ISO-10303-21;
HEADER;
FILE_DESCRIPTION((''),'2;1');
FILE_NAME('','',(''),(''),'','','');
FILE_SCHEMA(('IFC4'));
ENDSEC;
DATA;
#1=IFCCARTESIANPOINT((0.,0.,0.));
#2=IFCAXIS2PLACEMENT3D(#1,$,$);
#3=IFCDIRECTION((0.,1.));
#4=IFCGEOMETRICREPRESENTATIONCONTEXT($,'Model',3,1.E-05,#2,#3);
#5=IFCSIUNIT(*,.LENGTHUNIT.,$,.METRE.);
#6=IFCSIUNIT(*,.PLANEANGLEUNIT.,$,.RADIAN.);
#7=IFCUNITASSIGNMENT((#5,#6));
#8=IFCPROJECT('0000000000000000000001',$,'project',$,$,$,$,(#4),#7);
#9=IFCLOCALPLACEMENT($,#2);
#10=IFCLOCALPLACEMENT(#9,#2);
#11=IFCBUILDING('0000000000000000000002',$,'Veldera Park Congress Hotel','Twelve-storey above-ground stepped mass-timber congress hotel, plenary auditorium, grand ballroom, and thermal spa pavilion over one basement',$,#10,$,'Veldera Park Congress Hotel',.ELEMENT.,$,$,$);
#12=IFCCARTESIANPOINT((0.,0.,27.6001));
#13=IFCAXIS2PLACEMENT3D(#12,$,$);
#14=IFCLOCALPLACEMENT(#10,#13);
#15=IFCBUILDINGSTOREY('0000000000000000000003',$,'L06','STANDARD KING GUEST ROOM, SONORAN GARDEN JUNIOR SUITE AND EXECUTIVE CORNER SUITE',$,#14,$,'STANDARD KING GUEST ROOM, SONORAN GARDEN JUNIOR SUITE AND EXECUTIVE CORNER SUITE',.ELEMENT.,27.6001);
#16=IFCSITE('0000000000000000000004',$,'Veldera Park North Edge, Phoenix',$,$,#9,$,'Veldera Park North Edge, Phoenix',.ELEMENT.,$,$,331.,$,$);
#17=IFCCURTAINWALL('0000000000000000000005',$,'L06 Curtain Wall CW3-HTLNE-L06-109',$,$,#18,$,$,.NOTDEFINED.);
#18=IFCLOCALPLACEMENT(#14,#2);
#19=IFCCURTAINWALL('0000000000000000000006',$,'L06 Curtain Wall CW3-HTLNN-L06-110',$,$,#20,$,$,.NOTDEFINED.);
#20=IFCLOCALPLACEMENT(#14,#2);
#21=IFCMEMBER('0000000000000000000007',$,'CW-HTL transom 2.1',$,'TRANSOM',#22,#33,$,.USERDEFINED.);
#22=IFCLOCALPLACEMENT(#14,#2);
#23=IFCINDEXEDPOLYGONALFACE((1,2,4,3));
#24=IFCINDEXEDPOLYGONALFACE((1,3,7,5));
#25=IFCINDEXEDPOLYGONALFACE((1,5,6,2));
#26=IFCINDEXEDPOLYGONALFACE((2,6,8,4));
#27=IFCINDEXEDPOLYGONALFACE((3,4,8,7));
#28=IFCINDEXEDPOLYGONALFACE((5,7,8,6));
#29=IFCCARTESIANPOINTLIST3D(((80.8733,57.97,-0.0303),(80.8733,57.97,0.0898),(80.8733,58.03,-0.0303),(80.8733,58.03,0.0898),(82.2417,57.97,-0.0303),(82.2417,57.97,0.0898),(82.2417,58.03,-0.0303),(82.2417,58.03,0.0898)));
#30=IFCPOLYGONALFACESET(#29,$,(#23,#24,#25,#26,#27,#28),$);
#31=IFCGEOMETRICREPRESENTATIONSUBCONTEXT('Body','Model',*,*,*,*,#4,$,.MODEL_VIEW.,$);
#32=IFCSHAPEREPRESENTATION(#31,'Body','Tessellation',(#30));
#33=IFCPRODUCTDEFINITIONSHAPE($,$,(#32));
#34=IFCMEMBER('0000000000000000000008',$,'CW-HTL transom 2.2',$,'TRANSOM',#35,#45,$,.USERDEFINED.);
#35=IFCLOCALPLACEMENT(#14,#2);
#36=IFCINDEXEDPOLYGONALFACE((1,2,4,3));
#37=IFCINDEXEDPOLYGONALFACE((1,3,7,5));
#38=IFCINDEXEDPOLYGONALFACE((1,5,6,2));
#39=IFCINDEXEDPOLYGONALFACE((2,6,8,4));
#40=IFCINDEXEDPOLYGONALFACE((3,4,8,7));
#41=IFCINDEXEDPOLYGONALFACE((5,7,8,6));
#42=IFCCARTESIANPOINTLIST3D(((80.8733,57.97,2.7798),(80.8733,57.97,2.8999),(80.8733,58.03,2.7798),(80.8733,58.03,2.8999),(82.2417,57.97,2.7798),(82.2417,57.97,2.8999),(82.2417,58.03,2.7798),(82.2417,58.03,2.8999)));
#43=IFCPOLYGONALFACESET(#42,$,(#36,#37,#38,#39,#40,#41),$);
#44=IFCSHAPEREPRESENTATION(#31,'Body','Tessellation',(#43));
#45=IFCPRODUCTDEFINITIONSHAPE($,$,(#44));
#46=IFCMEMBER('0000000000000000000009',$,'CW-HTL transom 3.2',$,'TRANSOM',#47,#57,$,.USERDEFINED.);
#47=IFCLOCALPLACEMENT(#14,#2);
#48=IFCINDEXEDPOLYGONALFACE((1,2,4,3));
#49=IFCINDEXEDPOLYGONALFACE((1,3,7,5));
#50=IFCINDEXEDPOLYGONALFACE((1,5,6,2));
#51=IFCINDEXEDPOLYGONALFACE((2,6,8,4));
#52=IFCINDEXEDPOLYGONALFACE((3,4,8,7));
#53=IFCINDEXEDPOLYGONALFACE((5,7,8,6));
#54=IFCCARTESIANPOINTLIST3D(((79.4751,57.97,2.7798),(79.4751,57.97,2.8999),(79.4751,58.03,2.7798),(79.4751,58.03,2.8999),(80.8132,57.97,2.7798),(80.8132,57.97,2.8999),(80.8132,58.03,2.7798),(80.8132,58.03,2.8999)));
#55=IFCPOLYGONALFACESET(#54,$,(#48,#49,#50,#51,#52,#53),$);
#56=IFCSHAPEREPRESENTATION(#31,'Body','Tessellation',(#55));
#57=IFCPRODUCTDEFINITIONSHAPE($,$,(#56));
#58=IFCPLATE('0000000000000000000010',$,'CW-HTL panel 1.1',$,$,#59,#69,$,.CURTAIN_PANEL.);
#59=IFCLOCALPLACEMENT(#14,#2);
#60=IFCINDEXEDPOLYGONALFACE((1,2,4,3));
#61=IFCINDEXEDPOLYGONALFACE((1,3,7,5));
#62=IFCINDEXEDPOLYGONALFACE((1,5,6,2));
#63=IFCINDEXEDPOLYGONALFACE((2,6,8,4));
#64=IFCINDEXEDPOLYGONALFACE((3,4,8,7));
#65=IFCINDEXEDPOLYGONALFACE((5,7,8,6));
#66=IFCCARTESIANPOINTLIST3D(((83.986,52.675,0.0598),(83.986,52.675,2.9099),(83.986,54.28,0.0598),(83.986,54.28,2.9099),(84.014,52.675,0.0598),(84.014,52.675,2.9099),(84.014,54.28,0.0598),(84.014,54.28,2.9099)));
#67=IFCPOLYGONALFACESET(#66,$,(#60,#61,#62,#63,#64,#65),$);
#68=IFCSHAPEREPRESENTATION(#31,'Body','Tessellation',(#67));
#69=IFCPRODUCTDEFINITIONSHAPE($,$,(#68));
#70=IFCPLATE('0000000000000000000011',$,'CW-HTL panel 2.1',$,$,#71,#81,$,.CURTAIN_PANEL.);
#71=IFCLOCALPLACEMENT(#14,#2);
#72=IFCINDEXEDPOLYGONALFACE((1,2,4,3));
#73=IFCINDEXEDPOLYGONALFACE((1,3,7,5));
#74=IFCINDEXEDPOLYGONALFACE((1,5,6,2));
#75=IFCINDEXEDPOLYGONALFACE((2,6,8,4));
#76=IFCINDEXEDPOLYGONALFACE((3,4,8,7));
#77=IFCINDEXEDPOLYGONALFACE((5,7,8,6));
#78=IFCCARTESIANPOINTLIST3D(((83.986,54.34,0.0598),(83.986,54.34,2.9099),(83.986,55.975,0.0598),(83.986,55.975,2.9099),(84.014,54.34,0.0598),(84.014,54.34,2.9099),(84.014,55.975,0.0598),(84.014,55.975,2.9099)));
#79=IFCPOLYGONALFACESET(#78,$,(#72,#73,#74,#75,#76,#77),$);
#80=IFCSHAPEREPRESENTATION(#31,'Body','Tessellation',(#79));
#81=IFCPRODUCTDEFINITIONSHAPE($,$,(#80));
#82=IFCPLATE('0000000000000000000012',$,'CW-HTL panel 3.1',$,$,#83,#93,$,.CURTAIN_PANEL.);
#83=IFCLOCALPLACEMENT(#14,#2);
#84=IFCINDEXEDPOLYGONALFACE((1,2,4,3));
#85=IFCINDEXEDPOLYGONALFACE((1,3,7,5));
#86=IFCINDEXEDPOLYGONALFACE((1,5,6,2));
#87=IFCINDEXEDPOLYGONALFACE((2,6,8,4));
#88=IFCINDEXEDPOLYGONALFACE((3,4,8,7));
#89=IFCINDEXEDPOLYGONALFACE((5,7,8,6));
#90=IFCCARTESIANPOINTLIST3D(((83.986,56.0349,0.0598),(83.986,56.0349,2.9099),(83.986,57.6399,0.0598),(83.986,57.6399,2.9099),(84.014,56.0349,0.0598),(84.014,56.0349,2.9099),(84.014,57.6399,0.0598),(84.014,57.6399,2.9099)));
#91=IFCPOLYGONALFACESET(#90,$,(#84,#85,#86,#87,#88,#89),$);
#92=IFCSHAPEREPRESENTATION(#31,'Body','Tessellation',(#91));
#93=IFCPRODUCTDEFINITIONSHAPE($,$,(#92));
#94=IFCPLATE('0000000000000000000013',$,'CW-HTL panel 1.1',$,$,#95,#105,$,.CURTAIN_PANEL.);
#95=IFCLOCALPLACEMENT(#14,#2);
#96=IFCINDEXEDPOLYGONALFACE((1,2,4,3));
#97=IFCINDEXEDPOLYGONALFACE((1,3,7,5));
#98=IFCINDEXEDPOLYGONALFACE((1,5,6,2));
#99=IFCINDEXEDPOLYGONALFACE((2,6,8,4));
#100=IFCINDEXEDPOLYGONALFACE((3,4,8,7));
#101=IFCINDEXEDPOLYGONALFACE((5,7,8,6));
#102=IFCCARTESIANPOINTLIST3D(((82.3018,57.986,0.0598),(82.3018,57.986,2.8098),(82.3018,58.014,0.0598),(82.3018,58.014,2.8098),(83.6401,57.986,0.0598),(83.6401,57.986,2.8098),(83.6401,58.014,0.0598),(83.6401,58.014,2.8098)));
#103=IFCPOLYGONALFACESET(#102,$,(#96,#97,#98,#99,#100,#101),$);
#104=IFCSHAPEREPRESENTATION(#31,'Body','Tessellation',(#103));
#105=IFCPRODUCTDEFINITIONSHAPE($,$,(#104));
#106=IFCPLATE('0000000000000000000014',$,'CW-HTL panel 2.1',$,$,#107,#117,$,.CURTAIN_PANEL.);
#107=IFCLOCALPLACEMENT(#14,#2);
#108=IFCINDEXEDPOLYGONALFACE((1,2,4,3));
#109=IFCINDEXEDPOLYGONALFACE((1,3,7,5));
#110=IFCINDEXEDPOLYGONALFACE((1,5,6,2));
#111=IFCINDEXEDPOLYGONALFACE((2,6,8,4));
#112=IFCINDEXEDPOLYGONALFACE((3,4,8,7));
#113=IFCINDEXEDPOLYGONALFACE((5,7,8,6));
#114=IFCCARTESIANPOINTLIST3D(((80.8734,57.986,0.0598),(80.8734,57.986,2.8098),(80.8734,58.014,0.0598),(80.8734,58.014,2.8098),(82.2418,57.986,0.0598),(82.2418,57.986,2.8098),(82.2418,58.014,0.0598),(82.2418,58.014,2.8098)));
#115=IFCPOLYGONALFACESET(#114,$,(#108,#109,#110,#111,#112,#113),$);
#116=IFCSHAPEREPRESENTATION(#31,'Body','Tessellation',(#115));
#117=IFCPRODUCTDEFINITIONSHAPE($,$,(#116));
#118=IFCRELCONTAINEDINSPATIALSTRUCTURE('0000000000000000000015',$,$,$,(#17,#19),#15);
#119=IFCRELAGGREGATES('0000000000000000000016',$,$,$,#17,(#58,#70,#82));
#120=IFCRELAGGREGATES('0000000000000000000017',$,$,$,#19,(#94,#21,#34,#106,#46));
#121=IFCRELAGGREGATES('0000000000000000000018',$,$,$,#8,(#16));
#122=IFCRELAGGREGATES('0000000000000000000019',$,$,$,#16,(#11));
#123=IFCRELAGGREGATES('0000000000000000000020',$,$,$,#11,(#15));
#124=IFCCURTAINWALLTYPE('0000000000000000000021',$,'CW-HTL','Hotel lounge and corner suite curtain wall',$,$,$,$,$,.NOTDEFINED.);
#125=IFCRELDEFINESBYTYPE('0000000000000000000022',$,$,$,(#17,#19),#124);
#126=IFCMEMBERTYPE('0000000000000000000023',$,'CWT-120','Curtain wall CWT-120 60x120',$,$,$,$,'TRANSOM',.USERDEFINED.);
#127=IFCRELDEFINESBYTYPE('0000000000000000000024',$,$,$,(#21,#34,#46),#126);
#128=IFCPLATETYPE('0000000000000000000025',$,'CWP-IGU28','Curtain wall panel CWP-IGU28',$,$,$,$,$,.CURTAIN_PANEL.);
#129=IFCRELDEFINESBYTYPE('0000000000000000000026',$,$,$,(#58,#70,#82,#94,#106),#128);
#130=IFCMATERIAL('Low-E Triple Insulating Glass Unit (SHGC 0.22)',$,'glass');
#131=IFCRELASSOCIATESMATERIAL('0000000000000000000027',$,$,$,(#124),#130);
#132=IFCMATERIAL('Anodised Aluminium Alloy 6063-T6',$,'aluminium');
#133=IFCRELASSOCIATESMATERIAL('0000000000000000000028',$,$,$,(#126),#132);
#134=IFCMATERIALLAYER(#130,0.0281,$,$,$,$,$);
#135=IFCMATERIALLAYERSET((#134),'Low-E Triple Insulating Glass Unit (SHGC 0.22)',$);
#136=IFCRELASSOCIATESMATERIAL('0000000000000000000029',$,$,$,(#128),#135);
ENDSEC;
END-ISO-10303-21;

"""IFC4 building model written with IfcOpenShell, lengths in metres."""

from ifc_helpers import new_model, si_unit, direction, frame, origin, origin_2d, place, context, subcontext, project, spatial, rectangle, extrude, material, layer, layer_set, material_profile, profile_set, type_object, element, aggregate, save


model = new_model("IFC4")

# Units and contexts
model_context = context("Model", 3, precision=1e-05, world=origin(), true_north=direction((0.0, 1.0)))
body_context = subcontext(model_context, "Body", "Model", "MODEL_VIEW")
ifc_project = project(units=[si_unit("LENGTHUNIT", "METRE"), si_unit("PLANEANGLEUNIT", "RADIAN")], contexts=[model_context])

# Site, building, storey
site_placement = place(None, origin())
site = spatial("IfcSite", under=ifc_project, at=site_placement, Name="Veldera Park North Edge, Phoenix", LongName="Veldera Park North Edge, Phoenix", CompositionType="ELEMENT", RefElevation=331.0)
building_placement = place(site_placement, origin())
building = spatial("IfcBuilding", under=site, at=building_placement, Name="Veldera Park Congress Hotel", Description="Twelve-storey above-ground stepped mass-timber congress hotel, plenary auditorium, grand ballroom, and thermal spa pavilion over one basement", LongName="Veldera Park Congress Hotel", CompositionType="ELEMENT")
storey_placement = place(building_placement, frame((0.0, 0.0, 27.6001)))
storey = spatial("IfcBuildingStorey", under=building, at=storey_placement, Name="L06", Description="STANDARD KING GUEST ROOM, SONORAN GARDEN JUNIOR SUITE AND EXECUTIVE CORNER SUITE", LongName="STANDARD KING GUEST ROOM, SONORAN GARDEN JUNIOR SUITE AND EXECUTIVE CORNER SUITE", CompositionType="ELEMENT", Elevation=27.6001)

# Curtain walls
ifc_material_1 = material(Name="Low-E Triple Insulating Glass Unit (SHGC 0.22)", Category="glass")
curtain_wall_type = type_object("IfcCurtainWallType", Name="CW-HTL", Description="Hotel lounge and corner suite curtain wall", PredefinedType="NOTDEFINED", material=ifc_material_1)
curtain_wall_1_placement = place(storey_placement, origin())
curtain_wall_1 = element("IfcCurtainWall", 1, at=curtain_wall_1_placement, inside=storey, type_object=curtain_wall_type, Name="L06 Curtain Wall CW3-HTLNE-L06-109", PredefinedType="NOTDEFINED")
ifc_material_2 = material(Name="Anodised Aluminium Alloy 6063-T6", Category="aluminium")
curtain_wall_2_placement = place(storey_placement, origin())
curtain_wall_2 = element("IfcCurtainWall", 2, at=curtain_wall_2_placement, inside=storey, type_object=curtain_wall_type, Name="L06 Curtain Wall CW3-HTLNN-L06-110", PredefinedType="NOTDEFINED")

# Members
ifc_material_profile_1 = material_profile(ifc_material_2, rectangle(XDim=0.0601, YDim=0.1201, at=origin_2d()), Name="ALU 60x120")
ifc_profile_set_1 = profile_set([ifc_material_profile_1], Name="Anodised Aluminium Alloy 6063-T6")
member_type_1 = type_object("IfcMemberType", Name="CWT-120", Description="Curtain wall CWT-120 60x120", ElementType="TRANSOM", PredefinedType="USERDEFINED", material=ifc_profile_set_1)
member_1_placement = place(storey_placement, frame((82.2417, 58.0, 0.0298), z_axis=(-1.0, 0.0, 0.0), x_axis=(0.0, -1.0, 0.0)))
member_1 = element("IfcMember", 3, at=member_1_placement, type_object=member_type_1, Name="CW-HTL transom 2.1", ObjectType="TRANSOM", PredefinedType="USERDEFINED", context=body_context, shape_type="SweptSolid", body=[
    extrude(rectangle(XDim=0.0601, YDim=0.1201, at=origin_2d()), origin(), (0.0, 0.0, 1.0), 1.3684),
])
member_2_placement = place(storey_placement, frame((82.2417, 58.0, 2.8398), z_axis=(-1.0, 0.0, 0.0), x_axis=(0.0, -1.0, 0.0)))
member_2 = element("IfcMember", 4, at=member_2_placement, type_object=member_type_1, Name="CW-HTL transom 2.2", ObjectType="TRANSOM", PredefinedType="USERDEFINED", context=body_context, shape_type="SweptSolid", body=[
    extrude(rectangle(XDim=0.0601, YDim=0.1201, at=origin_2d()), origin(), (0.0, 0.0, 1.0), 1.3684),
])
member_3_placement = place(storey_placement, frame((80.8132, 58.0, 2.8398), z_axis=(-1.0, 0.0, 0.0), x_axis=(0.0, -1.0, 0.0)))
member_3 = element("IfcMember", 5, at=member_3_placement, type_object=member_type_1, Name="CW-HTL transom 3.2", ObjectType="TRANSOM", PredefinedType="USERDEFINED", context=body_context, shape_type="SweptSolid", body=[
    extrude(rectangle(XDim=0.0601, YDim=0.1201, at=origin_2d()), origin(), (0.0, 0.0, 1.0), 1.3381),
])

# Plates
ifc_layer = layer(ifc_material_1, 0.0281)
ifc_layer_set = layer_set([ifc_layer], Name="Low-E Triple Insulating Glass Unit (SHGC 0.22)")
plate_type = type_object("IfcPlateType", Name="CWP-IGU28", Description="Curtain wall panel CWP-IGU28", PredefinedType="CURTAIN_PANEL", material=ifc_layer_set)
plate_1_placement = place(storey_placement, frame((84.0, 53.4775, 0.0598), z_axis=(0.0, 0.0, 1.0), x_axis=(0.0, 1.0, 0.0)))
plate_1 = element("IfcPlate", 6, at=plate_1_placement, type_object=plate_type, Name="CW-HTL panel 1.1", PredefinedType="CURTAIN_PANEL", context=body_context, shape_type="SweptSolid", body=[
    extrude(rectangle(XDim=1.605, YDim=0.0281, at=origin_2d()), origin(), (0.0, 0.0, 1.0), 2.8501),
])
plate_2_placement = place(storey_placement, frame((84.0, 55.1575, 0.0598), z_axis=(0.0, 0.0, 1.0), x_axis=(0.0, 1.0, 0.0)))
plate_2 = element("IfcPlate", 7, at=plate_2_placement, type_object=plate_type, Name="CW-HTL panel 2.1", PredefinedType="CURTAIN_PANEL", context=body_context, shape_type="SweptSolid", body=[
    extrude(rectangle(XDim=1.635, YDim=0.0281, at=origin_2d()), origin(), (0.0, 0.0, 1.0), 2.8501),
])
plate_3_placement = place(storey_placement, frame((84.0, 56.8374, 0.0598), z_axis=(0.0, 0.0, 1.0), x_axis=(0.0, 1.0, 0.0)))
plate_3 = element("IfcPlate", 8, at=plate_3_placement, type_object=plate_type, Name="CW-HTL panel 3.1", PredefinedType="CURTAIN_PANEL", context=body_context, shape_type="SweptSolid", body=[
    extrude(rectangle(XDim=1.605, YDim=0.0281, at=origin_2d()), origin(), (0.0, 0.0, 1.0), 2.8501),
])
aggregate(curtain_wall_1, [plate_1, plate_2, plate_3])
plate_4_placement = place(storey_placement, frame((82.9709, 58.0, 0.0598), z_axis=(0.0, 0.0, 1.0), x_axis=(-1.0, 0.0, 0.0)))
plate_4 = element("IfcPlate", 9, at=plate_4_placement, type_object=plate_type, Name="CW-HTL panel 1.1", PredefinedType="CURTAIN_PANEL", context=body_context, shape_type="SweptSolid", body=[
    extrude(rectangle(XDim=1.3384, YDim=0.0281, at=origin_2d()), origin(), (0.0, 0.0, 1.0), 2.75),
])
plate_5_placement = place(storey_placement, frame((81.5576, 58.0, 0.0598), z_axis=(0.0, 0.0, 1.0), x_axis=(-1.0, 0.0, 0.0)))
plate_5 = element("IfcPlate", 10, at=plate_5_placement, type_object=plate_type, Name="CW-HTL panel 2.1", PredefinedType="CURTAIN_PANEL", context=body_context, shape_type="SweptSolid", body=[
    extrude(rectangle(XDim=1.3684, YDim=0.0281, at=origin_2d()), origin(), (0.0, 0.0, 1.0), 2.75),
])
aggregate(curtain_wall_2, [plate_4, member_1, member_2, plate_5, member_3])

save(model, "model.ifc")
